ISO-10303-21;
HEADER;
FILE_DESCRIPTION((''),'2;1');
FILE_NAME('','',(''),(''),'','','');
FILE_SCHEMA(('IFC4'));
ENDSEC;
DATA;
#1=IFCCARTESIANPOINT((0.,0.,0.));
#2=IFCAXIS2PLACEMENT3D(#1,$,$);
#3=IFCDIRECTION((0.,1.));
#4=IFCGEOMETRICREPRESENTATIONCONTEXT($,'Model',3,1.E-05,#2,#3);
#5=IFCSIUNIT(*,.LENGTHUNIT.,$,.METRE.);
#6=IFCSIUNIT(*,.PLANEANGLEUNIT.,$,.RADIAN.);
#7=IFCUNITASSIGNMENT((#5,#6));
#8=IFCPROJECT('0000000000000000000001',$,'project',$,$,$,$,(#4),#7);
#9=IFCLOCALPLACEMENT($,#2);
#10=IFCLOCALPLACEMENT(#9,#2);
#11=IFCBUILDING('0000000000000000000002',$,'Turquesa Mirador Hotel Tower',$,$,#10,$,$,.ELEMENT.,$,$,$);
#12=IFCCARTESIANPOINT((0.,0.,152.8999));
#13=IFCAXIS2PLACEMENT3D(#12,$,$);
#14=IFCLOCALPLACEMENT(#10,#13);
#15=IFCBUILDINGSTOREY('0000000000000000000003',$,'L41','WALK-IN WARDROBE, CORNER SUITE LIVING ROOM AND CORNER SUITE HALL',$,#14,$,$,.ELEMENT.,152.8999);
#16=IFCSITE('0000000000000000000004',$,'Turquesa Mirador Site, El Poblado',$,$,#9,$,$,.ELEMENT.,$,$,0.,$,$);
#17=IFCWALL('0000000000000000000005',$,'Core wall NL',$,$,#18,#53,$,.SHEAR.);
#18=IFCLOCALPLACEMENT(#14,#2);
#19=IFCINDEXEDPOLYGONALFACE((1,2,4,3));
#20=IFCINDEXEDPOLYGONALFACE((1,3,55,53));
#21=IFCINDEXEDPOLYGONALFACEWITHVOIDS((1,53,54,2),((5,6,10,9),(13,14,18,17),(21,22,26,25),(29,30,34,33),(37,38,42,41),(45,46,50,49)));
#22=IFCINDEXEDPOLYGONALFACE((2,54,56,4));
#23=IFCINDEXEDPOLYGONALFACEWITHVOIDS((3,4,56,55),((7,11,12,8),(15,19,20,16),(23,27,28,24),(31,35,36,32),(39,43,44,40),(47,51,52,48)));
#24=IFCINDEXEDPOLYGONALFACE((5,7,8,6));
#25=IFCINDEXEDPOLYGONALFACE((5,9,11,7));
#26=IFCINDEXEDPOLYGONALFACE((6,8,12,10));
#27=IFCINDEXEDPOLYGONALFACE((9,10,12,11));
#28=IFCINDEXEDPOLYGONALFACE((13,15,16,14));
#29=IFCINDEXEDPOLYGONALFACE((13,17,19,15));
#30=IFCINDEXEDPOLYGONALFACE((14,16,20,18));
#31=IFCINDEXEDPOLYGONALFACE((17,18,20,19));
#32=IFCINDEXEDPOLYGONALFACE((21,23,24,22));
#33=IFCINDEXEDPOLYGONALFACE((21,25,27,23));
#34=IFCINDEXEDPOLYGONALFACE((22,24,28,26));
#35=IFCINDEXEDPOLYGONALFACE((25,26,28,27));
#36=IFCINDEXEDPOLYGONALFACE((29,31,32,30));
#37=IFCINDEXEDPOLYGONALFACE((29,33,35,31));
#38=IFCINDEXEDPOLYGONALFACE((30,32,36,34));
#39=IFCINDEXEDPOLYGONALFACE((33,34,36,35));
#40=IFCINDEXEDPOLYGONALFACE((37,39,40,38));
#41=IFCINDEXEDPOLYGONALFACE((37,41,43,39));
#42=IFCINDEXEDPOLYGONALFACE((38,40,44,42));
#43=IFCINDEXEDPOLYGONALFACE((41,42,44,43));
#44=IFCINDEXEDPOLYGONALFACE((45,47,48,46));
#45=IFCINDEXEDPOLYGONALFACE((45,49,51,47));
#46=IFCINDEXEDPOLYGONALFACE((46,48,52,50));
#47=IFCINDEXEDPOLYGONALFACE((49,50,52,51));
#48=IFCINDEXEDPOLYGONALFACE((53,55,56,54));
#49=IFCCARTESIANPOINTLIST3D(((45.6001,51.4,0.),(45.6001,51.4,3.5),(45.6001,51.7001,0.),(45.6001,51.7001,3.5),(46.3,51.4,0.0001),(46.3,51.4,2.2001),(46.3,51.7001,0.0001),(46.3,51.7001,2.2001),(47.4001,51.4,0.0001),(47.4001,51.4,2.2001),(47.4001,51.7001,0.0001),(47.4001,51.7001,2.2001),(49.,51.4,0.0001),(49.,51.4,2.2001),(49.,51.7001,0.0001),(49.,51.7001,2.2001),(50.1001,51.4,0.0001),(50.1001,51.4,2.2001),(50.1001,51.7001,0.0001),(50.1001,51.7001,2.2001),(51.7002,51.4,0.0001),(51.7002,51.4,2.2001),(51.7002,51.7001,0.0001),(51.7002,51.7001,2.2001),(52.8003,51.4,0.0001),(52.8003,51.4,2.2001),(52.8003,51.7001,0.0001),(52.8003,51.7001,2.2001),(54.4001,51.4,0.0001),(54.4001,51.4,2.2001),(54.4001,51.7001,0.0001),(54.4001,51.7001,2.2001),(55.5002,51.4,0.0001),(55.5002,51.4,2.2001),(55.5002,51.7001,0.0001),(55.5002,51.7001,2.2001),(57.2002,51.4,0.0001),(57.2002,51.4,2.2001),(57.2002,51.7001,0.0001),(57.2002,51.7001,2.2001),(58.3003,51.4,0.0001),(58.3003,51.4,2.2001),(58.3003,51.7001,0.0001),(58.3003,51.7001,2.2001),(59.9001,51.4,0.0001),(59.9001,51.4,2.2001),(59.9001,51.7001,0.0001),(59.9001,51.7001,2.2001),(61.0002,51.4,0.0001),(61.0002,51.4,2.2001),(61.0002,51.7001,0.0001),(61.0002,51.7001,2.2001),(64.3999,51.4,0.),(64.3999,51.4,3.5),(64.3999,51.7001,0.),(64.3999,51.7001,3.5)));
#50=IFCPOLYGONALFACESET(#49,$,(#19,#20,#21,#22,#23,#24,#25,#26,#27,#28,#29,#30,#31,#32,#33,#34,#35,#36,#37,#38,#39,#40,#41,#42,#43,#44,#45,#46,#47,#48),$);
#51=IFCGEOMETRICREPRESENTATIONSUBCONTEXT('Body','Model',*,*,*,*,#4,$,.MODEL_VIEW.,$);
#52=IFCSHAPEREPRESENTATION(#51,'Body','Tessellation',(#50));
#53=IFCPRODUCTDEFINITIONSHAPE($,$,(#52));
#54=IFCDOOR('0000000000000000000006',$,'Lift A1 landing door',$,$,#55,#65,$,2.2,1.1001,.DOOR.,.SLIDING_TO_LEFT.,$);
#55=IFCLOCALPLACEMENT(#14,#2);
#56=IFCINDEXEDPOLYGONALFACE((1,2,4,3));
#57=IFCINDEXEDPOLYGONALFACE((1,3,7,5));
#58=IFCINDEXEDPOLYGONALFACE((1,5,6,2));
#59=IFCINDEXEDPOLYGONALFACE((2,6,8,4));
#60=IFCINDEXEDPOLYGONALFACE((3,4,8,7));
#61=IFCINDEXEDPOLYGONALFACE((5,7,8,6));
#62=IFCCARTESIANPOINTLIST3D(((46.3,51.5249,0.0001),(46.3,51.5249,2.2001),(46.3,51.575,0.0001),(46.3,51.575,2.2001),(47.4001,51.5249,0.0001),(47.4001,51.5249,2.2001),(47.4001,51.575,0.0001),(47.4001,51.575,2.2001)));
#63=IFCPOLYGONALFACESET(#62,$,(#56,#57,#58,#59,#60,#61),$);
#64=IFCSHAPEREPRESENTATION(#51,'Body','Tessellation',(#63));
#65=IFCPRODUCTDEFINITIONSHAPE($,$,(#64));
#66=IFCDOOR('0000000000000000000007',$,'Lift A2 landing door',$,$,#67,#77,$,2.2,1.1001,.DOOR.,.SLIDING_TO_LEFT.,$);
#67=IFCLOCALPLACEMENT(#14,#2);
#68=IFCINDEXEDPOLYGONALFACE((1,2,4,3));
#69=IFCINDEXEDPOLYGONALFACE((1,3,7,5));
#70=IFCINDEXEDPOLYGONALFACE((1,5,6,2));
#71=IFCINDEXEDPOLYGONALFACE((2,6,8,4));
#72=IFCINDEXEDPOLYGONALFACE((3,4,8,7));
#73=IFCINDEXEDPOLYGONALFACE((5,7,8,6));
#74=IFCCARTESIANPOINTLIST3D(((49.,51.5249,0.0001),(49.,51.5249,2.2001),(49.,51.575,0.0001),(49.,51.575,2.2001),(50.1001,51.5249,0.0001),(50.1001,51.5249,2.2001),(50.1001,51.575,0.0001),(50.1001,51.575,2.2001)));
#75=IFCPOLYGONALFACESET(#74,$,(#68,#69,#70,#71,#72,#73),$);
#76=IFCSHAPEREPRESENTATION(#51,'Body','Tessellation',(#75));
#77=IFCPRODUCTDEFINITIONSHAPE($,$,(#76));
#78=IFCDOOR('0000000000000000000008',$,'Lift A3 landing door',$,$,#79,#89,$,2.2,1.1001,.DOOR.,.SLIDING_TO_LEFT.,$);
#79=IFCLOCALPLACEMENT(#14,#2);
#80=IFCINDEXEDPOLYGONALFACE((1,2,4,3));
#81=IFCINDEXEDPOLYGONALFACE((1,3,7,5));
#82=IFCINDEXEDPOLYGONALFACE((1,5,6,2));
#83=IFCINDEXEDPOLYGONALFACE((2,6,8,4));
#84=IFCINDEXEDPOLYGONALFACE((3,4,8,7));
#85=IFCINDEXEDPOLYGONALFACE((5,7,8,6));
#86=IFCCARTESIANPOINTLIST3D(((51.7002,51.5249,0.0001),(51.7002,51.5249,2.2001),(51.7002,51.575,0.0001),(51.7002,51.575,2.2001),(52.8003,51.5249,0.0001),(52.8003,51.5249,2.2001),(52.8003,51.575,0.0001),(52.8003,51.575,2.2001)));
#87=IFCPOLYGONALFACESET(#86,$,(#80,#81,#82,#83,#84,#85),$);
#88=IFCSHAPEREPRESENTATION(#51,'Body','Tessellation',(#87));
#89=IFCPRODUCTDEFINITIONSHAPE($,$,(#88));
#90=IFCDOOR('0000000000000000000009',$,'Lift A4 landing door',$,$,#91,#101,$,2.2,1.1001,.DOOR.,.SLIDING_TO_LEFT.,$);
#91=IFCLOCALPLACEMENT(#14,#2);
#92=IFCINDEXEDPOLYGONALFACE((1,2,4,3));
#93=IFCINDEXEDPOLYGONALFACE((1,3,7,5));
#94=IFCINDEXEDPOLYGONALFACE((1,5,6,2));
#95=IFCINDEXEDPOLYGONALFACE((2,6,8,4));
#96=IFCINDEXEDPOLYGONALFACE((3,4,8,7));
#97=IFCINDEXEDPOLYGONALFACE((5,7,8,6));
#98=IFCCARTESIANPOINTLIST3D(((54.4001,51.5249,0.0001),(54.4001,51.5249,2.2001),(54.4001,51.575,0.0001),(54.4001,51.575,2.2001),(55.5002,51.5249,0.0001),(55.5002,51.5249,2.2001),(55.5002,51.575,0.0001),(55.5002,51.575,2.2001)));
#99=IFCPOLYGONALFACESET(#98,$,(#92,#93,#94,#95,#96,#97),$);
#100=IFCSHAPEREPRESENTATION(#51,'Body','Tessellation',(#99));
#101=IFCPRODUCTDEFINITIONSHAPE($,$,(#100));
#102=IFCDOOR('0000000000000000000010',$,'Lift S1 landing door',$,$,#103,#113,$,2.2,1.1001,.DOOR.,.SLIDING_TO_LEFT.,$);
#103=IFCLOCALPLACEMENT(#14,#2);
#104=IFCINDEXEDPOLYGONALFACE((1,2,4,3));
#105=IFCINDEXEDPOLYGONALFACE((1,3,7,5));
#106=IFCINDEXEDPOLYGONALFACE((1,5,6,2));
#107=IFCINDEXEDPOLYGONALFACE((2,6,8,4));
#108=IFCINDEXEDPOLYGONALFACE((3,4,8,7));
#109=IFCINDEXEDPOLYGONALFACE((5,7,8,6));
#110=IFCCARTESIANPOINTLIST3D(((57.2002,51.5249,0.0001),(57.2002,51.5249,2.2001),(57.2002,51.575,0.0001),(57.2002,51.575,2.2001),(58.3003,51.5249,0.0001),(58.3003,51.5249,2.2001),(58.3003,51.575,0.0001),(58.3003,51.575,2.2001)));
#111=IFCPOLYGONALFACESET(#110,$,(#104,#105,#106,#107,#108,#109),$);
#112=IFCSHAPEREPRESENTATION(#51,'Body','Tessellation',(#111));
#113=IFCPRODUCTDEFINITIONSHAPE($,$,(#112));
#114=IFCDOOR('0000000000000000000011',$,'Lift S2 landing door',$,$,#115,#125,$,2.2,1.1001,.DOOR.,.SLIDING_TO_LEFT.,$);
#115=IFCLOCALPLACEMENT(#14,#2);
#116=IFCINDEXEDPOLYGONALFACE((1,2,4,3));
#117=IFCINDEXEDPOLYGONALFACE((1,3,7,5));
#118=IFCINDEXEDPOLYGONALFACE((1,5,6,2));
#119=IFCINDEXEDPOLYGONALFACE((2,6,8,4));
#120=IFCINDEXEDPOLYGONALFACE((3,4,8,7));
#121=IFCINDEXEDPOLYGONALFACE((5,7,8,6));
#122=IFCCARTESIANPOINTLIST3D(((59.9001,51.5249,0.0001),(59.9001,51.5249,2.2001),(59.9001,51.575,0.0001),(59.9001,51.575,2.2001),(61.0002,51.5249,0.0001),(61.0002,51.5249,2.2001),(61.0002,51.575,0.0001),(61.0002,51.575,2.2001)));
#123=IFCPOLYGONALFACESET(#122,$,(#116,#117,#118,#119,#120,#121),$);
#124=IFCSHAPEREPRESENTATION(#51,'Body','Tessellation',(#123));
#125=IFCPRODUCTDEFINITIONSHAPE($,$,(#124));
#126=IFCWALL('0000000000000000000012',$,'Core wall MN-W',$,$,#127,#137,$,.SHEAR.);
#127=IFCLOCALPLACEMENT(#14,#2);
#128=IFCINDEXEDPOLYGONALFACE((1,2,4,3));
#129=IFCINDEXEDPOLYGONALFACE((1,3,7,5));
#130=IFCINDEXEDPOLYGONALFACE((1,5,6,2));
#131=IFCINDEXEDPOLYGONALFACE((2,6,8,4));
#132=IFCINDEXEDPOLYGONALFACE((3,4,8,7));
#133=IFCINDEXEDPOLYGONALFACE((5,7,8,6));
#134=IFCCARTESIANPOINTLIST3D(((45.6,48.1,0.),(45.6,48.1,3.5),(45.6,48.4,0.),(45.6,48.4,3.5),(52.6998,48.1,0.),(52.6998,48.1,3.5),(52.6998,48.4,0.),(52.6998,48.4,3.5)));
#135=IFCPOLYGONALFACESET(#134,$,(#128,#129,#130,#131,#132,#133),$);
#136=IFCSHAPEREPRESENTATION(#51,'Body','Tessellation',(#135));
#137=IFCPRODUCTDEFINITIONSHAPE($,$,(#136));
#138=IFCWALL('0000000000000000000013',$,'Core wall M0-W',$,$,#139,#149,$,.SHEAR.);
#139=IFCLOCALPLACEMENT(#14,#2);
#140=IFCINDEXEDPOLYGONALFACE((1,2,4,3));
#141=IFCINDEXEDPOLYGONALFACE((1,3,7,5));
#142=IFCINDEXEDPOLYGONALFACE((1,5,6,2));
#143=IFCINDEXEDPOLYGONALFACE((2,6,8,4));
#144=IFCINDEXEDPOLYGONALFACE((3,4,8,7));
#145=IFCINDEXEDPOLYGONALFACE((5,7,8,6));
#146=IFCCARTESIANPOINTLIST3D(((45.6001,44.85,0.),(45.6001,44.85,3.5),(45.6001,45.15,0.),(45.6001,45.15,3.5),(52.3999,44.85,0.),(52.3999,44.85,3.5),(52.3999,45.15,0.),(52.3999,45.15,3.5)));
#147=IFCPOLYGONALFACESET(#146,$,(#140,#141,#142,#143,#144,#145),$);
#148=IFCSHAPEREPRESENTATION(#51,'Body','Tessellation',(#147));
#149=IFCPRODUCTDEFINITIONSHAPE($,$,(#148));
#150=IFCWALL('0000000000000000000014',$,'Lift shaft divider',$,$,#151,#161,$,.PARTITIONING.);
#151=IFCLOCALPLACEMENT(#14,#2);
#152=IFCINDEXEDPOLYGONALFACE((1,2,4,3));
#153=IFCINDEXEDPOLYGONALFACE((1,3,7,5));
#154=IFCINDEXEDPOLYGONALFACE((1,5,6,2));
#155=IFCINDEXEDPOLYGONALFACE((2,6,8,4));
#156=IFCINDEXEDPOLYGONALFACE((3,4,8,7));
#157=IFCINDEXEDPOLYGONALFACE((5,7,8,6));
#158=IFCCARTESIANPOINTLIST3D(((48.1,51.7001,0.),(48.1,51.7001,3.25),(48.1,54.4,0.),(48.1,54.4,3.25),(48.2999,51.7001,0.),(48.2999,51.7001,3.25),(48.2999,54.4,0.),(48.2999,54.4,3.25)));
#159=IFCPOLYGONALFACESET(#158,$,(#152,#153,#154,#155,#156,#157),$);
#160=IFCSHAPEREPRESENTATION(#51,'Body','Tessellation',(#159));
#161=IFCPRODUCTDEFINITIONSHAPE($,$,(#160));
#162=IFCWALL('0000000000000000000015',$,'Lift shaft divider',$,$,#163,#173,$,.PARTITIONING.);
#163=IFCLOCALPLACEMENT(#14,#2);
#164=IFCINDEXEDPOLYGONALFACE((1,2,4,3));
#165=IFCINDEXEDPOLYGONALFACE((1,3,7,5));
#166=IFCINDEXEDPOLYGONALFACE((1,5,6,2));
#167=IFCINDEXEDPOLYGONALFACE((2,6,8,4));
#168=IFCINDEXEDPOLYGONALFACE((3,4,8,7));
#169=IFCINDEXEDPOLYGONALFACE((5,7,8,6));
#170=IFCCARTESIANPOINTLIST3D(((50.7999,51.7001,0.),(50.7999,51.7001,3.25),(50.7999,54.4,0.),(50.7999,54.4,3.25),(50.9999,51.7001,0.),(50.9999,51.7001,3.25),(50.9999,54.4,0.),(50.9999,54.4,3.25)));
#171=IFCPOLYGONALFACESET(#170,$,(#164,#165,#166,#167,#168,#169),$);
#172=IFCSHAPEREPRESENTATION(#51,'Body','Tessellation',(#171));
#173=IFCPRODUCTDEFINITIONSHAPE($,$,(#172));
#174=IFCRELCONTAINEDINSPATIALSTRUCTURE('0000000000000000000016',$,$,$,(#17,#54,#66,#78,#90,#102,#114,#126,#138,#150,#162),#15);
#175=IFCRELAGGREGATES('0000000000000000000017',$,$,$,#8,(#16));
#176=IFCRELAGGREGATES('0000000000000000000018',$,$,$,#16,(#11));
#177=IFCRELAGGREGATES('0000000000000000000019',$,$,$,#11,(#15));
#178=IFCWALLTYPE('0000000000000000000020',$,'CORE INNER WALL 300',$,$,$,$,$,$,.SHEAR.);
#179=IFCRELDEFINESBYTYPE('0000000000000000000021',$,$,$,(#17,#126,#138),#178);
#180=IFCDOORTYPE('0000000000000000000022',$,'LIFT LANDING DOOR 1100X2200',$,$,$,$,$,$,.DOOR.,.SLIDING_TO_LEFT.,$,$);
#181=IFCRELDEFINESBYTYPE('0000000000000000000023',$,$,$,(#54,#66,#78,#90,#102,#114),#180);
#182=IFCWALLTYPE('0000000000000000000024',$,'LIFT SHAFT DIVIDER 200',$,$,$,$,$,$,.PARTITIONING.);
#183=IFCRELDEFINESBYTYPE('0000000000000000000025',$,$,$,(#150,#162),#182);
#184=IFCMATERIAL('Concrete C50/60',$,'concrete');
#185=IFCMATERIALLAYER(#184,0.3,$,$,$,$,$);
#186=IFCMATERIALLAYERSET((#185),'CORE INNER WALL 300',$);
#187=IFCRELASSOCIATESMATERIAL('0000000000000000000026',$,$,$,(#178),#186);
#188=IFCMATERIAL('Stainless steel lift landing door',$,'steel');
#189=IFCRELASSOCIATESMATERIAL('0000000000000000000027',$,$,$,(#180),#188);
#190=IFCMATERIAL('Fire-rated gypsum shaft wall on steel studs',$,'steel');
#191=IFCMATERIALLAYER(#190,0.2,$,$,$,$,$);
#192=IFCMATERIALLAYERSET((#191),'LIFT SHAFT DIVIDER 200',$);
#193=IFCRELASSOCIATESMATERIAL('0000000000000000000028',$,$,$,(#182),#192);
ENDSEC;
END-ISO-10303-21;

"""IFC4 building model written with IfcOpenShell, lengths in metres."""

from ifc_helpers import new_model, si_unit, direction, frame, frame_2d, origin, place, context, subcontext, project, spatial, rectangle, extrude, material, layer, layer_set, type_object, element, fill, save


model = new_model("IFC4")

# Units and contexts
model_context = context("Model", 3, precision=1e-05, world=origin(), true_north=direction((0.0, 1.0)))
body_context = subcontext(model_context, "Body", "Model", "MODEL_VIEW")
ifc_project = project(units=[si_unit("LENGTHUNIT", "METRE"), si_unit("PLANEANGLEUNIT", "RADIAN")], contexts=[model_context])

# Site, building, storey
site_placement = place(None, origin())
site = spatial("IfcSite", under=ifc_project, at=site_placement, Name="Turquesa Mirador Site, El Poblado", CompositionType="ELEMENT", RefElevation=0.0)
building_placement = place(site_placement, origin())
building = spatial("IfcBuilding", under=site, at=building_placement, Name="Turquesa Mirador Hotel Tower", CompositionType="ELEMENT")
storey_placement = place(building_placement, frame((0.0, 0.0, 152.8999)))
storey = spatial("IfcBuildingStorey", under=building, at=storey_placement, Name="L41", Description="WALK-IN WARDROBE, CORNER SUITE LIVING ROOM AND CORNER SUITE HALL", CompositionType="ELEMENT", Elevation=152.8999)

# Wall, openings, doors
ifc_material_1 = material(Name="Concrete C50/60", Category="concrete")
ifc_layer_1 = layer(ifc_material_1, 0.3)
ifc_layer_set_1 = layer_set([ifc_layer_1], Name="CORE INNER WALL 300")
wall_type_1 = type_object("IfcWallType", Name="CORE INNER WALL 300", PredefinedType="SHEAR", material=ifc_layer_set_1)
wall_1_placement = place(storey_placement, frame((45.6001, 51.55, 0.0), z_axis=(0.0, 0.0, 1.0), x_axis=(1.0, 0.0, 0.0)))
wall_1 = element("IfcWall", 1, at=wall_1_placement, inside=storey, type_object=wall_type_1, Name="Core wall NL", PredefinedType="SHEAR", context=body_context, shape_type="SweptSolid", body=[
    extrude(rectangle(XDim=18.7998, YDim=0.3, at=frame_2d((9.3999, 0.0))), origin(), (0.0, 0.0, 1.0), 3.5),
])
opening_1_placement = place(wall_1_placement, frame((0.7, 0.0, 0.0)))
opening_1 = element("IfcOpeningElement", 2, at=opening_1_placement, cuts=wall_1, PredefinedType="OPENING", context=body_context, shape_type="SweptSolid", body=[
    extrude(rectangle(XDim=1.1001, YDim=2.2, at=frame_2d((0.55, 1.1001))), frame((0.0, 0.1599, 0.0), z_axis=(0.0, -1.0, 0.0), x_axis=(1.0, 0.0, 0.0)), (0.0, 0.0, 1.0), 0.3201),
])
opening_2_placement = place(wall_1_placement, frame((3.3999, 0.0, 0.0)))
opening_2 = element("IfcOpeningElement", 3, at=opening_2_placement, cuts=wall_1, PredefinedType="OPENING", context=body_context, shape_type="SweptSolid", body=[
    extrude(rectangle(XDim=1.1001, YDim=2.2, at=frame_2d((0.55, 1.1001))), frame((0.0, 0.1599, 0.0), z_axis=(0.0, -1.0, 0.0), x_axis=(1.0, 0.0, 0.0)), (0.0, 0.0, 1.0), 0.3201),
])
opening_3_placement = place(wall_1_placement, frame((6.1001, 0.0, 0.0)))
opening_3 = element("IfcOpeningElement", 4, at=opening_3_placement, cuts=wall_1, PredefinedType="OPENING", context=body_context, shape_type="SweptSolid", body=[
    extrude(rectangle(XDim=1.1001, YDim=2.2, at=frame_2d((0.55, 1.1001))), frame((0.0, 0.1599, 0.0), z_axis=(0.0, -1.0, 0.0), x_axis=(1.0, 0.0, 0.0)), (0.0, 0.0, 1.0), 0.3201),
])
opening_4_placement = place(wall_1_placement, frame((8.8, 0.0, 0.0)))
opening_4 = element("IfcOpeningElement", 5, at=opening_4_placement, cuts=wall_1, PredefinedType="OPENING", context=body_context, shape_type="SweptSolid", body=[
    extrude(rectangle(XDim=1.1001, YDim=2.2, at=frame_2d((0.55, 1.1001))), frame((0.0, 0.1599, 0.0), z_axis=(0.0, -1.0, 0.0), x_axis=(1.0, 0.0, 0.0)), (0.0, 0.0, 1.0), 0.3201),
])
opening_5_placement = place(wall_1_placement, frame((11.6001, 0.0, 0.0)))
opening_5 = element("IfcOpeningElement", 6, at=opening_5_placement, cuts=wall_1, PredefinedType="OPENING", context=body_context, shape_type="SweptSolid", body=[
    extrude(rectangle(XDim=1.1001, YDim=2.2, at=frame_2d((0.55, 1.1001))), frame((0.0, 0.1599, 0.0), z_axis=(0.0, -1.0, 0.0), x_axis=(1.0, 0.0, 0.0)), (0.0, 0.0, 1.0), 0.3201),
])
opening_6_placement = place(wall_1_placement, frame((14.3, 0.0, 0.0)))
opening_6 = element("IfcOpeningElement", 7, at=opening_6_placement, cuts=wall_1, PredefinedType="OPENING", context=body_context, shape_type="SweptSolid", body=[
    extrude(rectangle(XDim=1.1001, YDim=2.2, at=frame_2d((0.55, 1.1001))), frame((0.0, 0.1599, 0.0), z_axis=(0.0, -1.0, 0.0), x_axis=(1.0, 0.0, 0.0)), (0.0, 0.0, 1.0), 0.3201),
])
ifc_material_2 = material(Name="Stainless steel lift landing door", Category="steel")
door_type_1 = type_object("IfcDoorType", Name="LIFT LANDING DOOR 1100X2200", OperationType="SLIDING_TO_LEFT", PredefinedType="DOOR", material=ifc_material_2)
door_1_placement = place(opening_1_placement, origin())
door_1 = element("IfcDoor", 8, at=door_1_placement, inside=storey, type_object=door_type_1, Name="Lift A1 landing door", OperationType="SLIDING_TO_LEFT", OverallHeight=2.2, OverallWidth=1.1001, PredefinedType="DOOR", context=body_context, shape_type="SweptSolid", body=[
    extrude(rectangle(XDim=1.1001, YDim=2.2, at=frame_2d((0.55, 1.1001))), frame((0.0, 0.0249, 0.0), z_axis=(0.0, -1.0, 0.0), x_axis=(1.0, 0.0, 0.0)), (0.0, 0.0, 1.0), 0.05),
])
fill(opening_1, door_1)
door_2_placement = place(opening_2_placement, origin())
door_2 = element("IfcDoor", 9, at=door_2_placement, inside=storey, type_object=door_type_1, Name="Lift A2 landing door", OperationType="SLIDING_TO_LEFT", OverallHeight=2.2, OverallWidth=1.1001, PredefinedType="DOOR", context=body_context, shape_type="SweptSolid", body=[
    extrude(rectangle(XDim=1.1001, YDim=2.2, at=frame_2d((0.55, 1.1001))), frame((0.0, 0.0249, 0.0), z_axis=(0.0, -1.0, 0.0), x_axis=(1.0, 0.0, 0.0)), (0.0, 0.0, 1.0), 0.05),
])
fill(opening_2, door_2)
door_3_placement = place(opening_3_placement, origin())
door_3 = element("IfcDoor", 10, at=door_3_placement, inside=storey, type_object=door_type_1, Name="Lift A3 landing door", OperationType="SLIDING_TO_LEFT", OverallHeight=2.2, OverallWidth=1.1001, PredefinedType="DOOR", context=body_context, shape_type="SweptSolid", body=[
    extrude(rectangle(XDim=1.1001, YDim=2.2, at=frame_2d((0.55, 1.1001))), frame((0.0, 0.0249, 0.0), z_axis=(0.0, -1.0, 0.0), x_axis=(1.0, 0.0, 0.0)), (0.0, 0.0, 1.0), 0.05),
])
fill(opening_3, door_3)
door_4_placement = place(opening_4_placement, origin())
door_4 = element("IfcDoor", 11, at=door_4_placement, inside=storey, type_object=door_type_1, Name="Lift A4 landing door", OperationType="SLIDING_TO_LEFT", OverallHeight=2.2, OverallWidth=1.1001, PredefinedType="DOOR", context=body_context, shape_type="SweptSolid", body=[
    extrude(rectangle(XDim=1.1001, YDim=2.2, at=frame_2d((0.55, 1.1001))), frame((0.0, 0.0249, 0.0), z_axis=(0.0, -1.0, 0.0), x_axis=(1.0, 0.0, 0.0)), (0.0, 0.0, 1.0), 0.05),
])
fill(opening_4, door_4)
door_5_placement = place(opening_5_placement, origin())
door_5 = element("IfcDoor", 12, at=door_5_placement, inside=storey, type_object=door_type_1, Name="Lift S1 landing door", OperationType="SLIDING_TO_LEFT", OverallHeight=2.2, OverallWidth=1.1001, PredefinedType="DOOR", context=body_context, shape_type="SweptSolid", body=[
    extrude(rectangle(XDim=1.1001, YDim=2.2, at=frame_2d((0.55, 1.1001))), frame((0.0, 0.0249, 0.0), z_axis=(0.0, -1.0, 0.0), x_axis=(1.0, 0.0, 0.0)), (0.0, 0.0, 1.0), 0.05),
])
fill(opening_5, door_5)
door_6_placement = place(opening_6_placement, origin())
door_6 = element("IfcDoor", 13, at=door_6_placement, inside=storey, type_object=door_type_1, Name="Lift S2 landing door", OperationType="SLIDING_TO_LEFT", OverallHeight=2.2, OverallWidth=1.1001, PredefinedType="DOOR", context=body_context, shape_type="SweptSolid", body=[
    extrude(rectangle(XDim=1.1001, YDim=2.2, at=frame_2d((0.55, 1.1001))), frame((0.0, 0.0249, 0.0), z_axis=(0.0, -1.0, 0.0), x_axis=(1.0, 0.0, 0.0)), (0.0, 0.0, 1.0), 0.05),
])
fill(opening_6, door_6)

# Walls
wall_2_placement = place(storey_placement, frame((45.6001, 48.25, 0.0), z_axis=(0.0, 0.0, 1.0), x_axis=(1.0, 0.0, 0.0)))
element("IfcWall", 14, at=wall_2_placement, inside=storey, type_object=wall_type_1, Name="Core wall MN-W", PredefinedType="SHEAR", context=body_context, shape_type="SweptSolid", body=[
    extrude(rectangle(XDim=7.0999, YDim=0.3, at=frame_2d((3.5498, 0.0))), origin(), (0.0, 0.0, 1.0), 3.5),
])
wall_3_placement = place(storey_placement, frame((45.6001, 45.0, 0.0), z_axis=(0.0, 0.0, 1.0), x_axis=(1.0, 0.0, 0.0)))
element("IfcWall", 15, at=wall_3_placement, inside=storey, type_object=wall_type_1, Name="Core wall M0-W", PredefinedType="SHEAR", context=body_context, shape_type="SweptSolid", body=[
    extrude(rectangle(XDim=6.7998, YDim=0.3, at=frame_2d((3.3999, 0.0))), origin(), (0.0, 0.0, 1.0), 3.5),
])
ifc_material_3 = material(Name="Fire-rated gypsum shaft wall on steel studs", Category="steel")
ifc_layer_2 = layer(ifc_material_3, 0.2)
ifc_layer_set_2 = layer_set([ifc_layer_2], Name="LIFT SHAFT DIVIDER 200")
wall_type_2 = type_object("IfcWallType", Name="LIFT SHAFT DIVIDER 200", PredefinedType="PARTITIONING", material=ifc_layer_set_2)
for number, where, z_axis, x_axis, name in (
    (16, (48.2, 51.7, 0.0), (0.0, 0.0, 1.0), (0.0, 1.0, 0.0), "Lift shaft divider"),
    (17, (50.8999, 51.7, 0.0), (0.0, 0.0, 1.0), (0.0, 1.0, 0.0), "Lift shaft divider"),
):
    element("IfcWall", number, at=place(storey_placement, frame(where, z_axis=z_axis, x_axis=x_axis)), inside=storey, type_object=wall_type_2, Name=name, PredefinedType="PARTITIONING", context=body_context, shape_type="SweptSolid", body=[
        extrude(rectangle(XDim=2.7, YDim=0.2, at=frame_2d((1.3501, 0.0))), origin(), (0.0, 0.0, 1.0), 3.25),
    ])

save(model, "model.ifc")
